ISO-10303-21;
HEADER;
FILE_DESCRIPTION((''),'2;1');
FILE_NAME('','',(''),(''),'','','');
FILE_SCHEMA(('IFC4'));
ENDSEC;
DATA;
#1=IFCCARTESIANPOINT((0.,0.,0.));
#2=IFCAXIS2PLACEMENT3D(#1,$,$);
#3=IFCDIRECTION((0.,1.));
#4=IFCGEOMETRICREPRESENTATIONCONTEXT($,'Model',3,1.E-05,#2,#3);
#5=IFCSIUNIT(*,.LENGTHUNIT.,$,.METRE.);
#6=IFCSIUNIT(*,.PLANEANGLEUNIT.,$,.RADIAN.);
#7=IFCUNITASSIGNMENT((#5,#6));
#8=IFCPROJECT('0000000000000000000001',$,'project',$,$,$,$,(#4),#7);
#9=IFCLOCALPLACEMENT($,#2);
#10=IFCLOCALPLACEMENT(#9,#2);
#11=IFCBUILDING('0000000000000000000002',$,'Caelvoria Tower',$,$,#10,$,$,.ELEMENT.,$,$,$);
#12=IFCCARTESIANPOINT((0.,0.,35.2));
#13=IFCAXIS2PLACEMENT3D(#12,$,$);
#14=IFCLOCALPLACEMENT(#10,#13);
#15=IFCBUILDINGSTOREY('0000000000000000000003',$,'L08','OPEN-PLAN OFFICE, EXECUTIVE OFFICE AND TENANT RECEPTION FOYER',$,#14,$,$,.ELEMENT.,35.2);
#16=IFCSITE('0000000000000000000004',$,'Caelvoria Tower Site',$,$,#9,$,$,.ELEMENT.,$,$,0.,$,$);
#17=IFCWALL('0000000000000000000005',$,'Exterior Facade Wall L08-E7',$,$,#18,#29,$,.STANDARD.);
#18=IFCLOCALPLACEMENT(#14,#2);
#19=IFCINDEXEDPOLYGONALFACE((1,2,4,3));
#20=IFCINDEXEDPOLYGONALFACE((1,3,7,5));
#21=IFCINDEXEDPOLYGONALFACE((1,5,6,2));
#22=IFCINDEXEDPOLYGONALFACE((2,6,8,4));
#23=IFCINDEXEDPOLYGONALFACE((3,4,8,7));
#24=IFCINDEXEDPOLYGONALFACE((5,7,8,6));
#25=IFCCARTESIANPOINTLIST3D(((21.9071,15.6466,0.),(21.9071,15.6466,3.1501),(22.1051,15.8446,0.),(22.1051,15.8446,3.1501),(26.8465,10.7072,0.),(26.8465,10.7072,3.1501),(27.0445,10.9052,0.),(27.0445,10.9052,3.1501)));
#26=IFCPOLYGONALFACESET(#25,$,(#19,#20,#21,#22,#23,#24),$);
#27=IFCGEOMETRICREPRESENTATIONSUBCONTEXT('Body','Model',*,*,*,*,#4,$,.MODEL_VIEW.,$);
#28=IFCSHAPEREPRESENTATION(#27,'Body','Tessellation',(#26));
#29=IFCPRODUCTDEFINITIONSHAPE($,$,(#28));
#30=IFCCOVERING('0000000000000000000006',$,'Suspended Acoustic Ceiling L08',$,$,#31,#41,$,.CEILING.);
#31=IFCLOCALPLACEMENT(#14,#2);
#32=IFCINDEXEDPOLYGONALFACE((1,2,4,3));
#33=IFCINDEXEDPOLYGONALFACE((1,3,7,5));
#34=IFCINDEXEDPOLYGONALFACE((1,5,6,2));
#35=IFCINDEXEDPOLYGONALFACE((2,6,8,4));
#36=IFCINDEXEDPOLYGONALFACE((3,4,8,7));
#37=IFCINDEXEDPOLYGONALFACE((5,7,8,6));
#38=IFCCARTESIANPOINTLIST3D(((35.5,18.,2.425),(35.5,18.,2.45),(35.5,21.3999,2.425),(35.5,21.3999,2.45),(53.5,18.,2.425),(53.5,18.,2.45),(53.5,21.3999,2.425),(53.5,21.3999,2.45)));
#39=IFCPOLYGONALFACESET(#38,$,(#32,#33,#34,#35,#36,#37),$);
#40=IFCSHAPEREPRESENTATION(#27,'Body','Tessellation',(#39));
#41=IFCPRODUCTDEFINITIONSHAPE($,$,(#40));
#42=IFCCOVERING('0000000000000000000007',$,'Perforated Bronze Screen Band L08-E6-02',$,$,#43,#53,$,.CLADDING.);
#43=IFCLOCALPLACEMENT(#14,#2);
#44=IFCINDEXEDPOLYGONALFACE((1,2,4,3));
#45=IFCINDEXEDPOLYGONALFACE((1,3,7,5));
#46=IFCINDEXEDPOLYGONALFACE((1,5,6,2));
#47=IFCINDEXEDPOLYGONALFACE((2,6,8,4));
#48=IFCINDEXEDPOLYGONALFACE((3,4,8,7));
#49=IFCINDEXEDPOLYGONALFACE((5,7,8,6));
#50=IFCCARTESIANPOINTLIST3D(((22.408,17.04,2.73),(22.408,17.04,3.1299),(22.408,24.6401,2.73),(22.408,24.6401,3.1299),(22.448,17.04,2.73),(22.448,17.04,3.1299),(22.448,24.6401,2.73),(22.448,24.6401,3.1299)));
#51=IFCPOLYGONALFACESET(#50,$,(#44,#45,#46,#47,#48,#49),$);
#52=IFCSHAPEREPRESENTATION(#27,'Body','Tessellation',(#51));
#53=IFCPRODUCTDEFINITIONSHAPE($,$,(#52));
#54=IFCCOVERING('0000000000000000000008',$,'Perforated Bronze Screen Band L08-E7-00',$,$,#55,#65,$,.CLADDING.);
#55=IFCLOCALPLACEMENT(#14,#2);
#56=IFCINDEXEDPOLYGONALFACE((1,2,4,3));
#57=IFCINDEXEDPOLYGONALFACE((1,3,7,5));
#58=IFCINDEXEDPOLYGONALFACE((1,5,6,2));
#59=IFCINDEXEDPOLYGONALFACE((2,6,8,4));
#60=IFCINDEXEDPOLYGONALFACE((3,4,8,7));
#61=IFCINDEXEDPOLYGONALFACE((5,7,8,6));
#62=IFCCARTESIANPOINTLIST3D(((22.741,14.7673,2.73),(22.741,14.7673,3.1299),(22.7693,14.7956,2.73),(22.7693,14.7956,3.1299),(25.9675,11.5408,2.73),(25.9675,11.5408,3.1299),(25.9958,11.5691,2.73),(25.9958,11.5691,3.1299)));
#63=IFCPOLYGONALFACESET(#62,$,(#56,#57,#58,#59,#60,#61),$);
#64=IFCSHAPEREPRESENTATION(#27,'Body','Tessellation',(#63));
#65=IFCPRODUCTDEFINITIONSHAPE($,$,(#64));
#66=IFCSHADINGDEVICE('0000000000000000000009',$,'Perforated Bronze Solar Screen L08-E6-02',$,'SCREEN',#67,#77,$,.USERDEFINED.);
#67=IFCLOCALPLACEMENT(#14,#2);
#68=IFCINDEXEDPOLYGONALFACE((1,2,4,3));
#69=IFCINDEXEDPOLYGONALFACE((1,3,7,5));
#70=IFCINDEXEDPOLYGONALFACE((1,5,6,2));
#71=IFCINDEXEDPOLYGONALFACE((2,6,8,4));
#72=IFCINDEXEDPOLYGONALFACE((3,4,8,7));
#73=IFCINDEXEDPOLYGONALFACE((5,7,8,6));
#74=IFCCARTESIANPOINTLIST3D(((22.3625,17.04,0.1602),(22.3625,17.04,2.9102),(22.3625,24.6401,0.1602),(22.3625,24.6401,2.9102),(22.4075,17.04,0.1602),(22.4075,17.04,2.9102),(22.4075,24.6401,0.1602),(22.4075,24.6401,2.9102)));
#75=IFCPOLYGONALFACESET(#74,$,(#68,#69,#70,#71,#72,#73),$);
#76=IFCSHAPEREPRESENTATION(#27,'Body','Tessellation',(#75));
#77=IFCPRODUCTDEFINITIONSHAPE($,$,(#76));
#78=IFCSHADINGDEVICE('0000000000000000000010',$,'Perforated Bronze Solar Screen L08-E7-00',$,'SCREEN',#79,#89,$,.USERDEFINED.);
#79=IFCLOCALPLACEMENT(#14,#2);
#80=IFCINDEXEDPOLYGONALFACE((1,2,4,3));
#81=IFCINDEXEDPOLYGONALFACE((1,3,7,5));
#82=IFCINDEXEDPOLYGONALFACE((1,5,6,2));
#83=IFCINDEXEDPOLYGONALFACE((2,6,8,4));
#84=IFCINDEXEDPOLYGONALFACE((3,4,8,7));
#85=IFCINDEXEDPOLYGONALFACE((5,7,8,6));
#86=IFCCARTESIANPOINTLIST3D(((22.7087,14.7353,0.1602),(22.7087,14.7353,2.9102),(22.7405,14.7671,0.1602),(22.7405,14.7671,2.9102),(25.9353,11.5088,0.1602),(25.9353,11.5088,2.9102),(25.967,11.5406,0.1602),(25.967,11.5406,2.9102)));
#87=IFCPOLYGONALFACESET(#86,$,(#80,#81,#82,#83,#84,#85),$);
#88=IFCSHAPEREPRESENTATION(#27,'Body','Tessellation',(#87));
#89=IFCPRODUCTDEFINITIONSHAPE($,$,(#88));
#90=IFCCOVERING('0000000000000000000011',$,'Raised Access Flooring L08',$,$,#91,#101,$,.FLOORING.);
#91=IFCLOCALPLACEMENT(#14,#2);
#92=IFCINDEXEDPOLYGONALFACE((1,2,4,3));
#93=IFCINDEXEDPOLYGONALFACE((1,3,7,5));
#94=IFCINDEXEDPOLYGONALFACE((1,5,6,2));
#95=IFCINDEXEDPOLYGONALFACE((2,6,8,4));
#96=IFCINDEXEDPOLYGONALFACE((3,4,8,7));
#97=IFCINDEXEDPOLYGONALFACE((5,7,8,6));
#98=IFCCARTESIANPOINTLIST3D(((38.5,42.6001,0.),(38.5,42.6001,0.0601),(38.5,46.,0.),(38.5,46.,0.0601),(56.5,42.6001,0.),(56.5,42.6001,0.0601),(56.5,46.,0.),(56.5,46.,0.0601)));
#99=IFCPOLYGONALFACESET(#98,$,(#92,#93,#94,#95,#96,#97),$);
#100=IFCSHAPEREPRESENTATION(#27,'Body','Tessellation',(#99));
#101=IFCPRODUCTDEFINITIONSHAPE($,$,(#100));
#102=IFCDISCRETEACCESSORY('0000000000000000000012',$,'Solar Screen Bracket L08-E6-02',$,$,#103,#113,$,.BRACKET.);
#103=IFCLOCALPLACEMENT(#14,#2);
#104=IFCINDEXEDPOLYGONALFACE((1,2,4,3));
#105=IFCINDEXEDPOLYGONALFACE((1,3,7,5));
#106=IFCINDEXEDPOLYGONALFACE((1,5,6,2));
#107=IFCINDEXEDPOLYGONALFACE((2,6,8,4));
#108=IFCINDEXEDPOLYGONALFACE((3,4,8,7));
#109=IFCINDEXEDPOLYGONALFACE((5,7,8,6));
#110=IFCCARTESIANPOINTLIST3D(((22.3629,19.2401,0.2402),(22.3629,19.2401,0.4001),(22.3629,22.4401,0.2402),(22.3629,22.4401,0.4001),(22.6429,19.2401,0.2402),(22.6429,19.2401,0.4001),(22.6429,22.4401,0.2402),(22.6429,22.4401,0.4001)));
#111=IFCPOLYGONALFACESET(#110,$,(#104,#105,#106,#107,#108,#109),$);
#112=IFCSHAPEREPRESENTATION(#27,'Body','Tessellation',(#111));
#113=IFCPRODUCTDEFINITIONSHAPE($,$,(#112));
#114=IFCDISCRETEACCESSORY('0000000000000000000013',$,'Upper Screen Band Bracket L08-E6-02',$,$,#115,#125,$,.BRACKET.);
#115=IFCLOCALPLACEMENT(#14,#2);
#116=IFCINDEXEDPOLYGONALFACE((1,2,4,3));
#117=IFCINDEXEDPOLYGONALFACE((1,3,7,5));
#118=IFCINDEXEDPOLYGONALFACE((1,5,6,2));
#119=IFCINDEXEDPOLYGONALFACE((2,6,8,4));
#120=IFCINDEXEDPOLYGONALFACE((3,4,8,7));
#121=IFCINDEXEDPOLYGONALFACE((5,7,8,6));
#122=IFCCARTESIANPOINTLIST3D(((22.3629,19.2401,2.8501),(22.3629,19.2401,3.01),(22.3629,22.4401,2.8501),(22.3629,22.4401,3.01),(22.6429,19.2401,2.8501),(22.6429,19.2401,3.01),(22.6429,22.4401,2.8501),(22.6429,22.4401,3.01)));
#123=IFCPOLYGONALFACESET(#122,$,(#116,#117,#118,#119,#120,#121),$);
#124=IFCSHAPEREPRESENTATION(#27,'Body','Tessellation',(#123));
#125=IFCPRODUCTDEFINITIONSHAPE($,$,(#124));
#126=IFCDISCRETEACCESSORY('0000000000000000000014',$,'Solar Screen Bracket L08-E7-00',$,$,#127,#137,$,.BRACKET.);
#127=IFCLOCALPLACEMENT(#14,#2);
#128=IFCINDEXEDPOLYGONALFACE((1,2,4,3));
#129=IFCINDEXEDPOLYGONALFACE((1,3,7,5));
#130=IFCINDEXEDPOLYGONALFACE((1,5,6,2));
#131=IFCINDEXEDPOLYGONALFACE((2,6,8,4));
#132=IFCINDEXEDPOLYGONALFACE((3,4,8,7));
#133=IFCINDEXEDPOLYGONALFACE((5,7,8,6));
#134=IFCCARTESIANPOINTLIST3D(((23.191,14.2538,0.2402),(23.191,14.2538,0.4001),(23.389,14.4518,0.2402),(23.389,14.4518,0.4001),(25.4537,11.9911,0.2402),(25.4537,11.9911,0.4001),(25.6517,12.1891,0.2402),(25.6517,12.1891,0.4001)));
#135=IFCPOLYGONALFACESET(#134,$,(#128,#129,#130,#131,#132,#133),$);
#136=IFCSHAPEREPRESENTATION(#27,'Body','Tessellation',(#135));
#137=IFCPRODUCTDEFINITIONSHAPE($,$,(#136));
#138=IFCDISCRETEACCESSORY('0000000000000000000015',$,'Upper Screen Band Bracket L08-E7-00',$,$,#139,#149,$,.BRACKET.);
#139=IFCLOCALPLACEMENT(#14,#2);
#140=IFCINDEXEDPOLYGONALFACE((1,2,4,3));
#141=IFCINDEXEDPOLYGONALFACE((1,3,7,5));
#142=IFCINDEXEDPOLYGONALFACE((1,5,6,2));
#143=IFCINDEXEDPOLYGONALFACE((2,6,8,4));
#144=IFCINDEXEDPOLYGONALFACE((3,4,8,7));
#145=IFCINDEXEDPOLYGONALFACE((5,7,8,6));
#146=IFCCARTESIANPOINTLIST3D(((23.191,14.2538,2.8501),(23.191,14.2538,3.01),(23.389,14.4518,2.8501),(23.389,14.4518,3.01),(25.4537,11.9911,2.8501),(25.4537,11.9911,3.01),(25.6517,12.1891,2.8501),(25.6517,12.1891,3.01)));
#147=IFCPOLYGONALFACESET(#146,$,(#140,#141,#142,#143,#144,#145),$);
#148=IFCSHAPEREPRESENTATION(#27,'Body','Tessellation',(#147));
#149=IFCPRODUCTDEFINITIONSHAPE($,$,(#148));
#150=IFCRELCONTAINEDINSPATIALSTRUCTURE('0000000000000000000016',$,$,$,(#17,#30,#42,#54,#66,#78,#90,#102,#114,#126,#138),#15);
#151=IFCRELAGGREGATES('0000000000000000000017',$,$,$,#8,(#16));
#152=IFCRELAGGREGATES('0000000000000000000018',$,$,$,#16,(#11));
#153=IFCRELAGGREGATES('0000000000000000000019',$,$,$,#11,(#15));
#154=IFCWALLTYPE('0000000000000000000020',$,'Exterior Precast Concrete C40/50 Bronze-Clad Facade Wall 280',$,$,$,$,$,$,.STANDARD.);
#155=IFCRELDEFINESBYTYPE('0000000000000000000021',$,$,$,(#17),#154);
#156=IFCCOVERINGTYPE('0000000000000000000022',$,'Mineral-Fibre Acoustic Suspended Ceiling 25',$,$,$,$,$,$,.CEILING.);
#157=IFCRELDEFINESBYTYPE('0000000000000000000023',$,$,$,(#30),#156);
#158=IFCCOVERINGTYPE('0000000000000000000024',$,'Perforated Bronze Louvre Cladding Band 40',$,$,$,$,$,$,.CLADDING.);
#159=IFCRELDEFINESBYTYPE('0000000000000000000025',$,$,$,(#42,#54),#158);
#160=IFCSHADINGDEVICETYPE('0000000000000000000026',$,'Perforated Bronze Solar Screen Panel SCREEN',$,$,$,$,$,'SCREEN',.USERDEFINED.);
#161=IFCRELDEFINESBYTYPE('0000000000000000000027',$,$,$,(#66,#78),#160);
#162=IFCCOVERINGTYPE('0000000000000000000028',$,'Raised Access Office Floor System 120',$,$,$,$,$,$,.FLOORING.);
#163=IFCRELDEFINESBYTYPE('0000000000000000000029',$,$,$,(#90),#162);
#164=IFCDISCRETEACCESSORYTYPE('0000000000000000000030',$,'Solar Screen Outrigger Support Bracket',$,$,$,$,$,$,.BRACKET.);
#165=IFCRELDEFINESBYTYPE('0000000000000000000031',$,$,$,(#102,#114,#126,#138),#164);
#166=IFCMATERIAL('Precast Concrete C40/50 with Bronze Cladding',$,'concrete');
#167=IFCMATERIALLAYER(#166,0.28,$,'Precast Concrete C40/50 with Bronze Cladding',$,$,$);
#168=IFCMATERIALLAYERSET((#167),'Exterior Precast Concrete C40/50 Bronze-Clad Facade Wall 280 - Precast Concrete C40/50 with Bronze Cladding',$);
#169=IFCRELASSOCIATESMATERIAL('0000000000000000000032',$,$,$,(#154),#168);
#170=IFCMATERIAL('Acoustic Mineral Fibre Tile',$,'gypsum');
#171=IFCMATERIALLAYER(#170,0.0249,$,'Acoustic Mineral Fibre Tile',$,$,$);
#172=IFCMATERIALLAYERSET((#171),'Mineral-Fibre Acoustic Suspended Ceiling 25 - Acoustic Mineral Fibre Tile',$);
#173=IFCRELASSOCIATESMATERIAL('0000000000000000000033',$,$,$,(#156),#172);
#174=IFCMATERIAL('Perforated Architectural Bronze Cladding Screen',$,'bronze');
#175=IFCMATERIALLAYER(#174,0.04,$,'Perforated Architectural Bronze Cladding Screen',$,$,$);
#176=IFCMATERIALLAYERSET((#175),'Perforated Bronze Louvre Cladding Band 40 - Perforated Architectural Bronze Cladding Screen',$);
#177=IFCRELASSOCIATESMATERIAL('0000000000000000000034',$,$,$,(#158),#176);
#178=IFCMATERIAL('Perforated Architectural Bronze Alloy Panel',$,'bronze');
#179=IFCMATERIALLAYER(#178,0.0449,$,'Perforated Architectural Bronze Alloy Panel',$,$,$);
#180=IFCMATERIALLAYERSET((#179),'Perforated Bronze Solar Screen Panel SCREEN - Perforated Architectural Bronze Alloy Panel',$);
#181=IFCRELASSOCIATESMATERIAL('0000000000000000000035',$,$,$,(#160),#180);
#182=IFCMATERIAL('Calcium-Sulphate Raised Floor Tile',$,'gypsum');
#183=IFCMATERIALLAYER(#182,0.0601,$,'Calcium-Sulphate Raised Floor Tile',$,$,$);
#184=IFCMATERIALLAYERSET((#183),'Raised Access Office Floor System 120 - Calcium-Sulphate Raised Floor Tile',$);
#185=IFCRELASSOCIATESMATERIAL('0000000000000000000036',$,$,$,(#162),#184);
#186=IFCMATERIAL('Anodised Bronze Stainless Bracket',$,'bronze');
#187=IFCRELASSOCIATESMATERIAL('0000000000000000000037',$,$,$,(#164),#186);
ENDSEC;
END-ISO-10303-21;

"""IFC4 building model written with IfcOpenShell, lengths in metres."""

from ifc_helpers import new_model, si_unit, direction, frame, frame_2d, origin, origin_2d, place, context, subcontext, project, spatial, polyline, rectangle, outline, extrude, material, layer, layer_set, type_object, element, save


model = new_model("IFC4")

# Units and contexts
model_context = context("Model", 3, precision=1e-05, world=origin(), true_north=direction((0.0, 1.0)))
body_context = subcontext(model_context, "Body", "Model", "MODEL_VIEW")
ifc_project = project(units=[si_unit("LENGTHUNIT", "METRE"), si_unit("PLANEANGLEUNIT", "RADIAN")], contexts=[model_context])

# Site, building, storey
site_placement = place(None, origin())
site = spatial("IfcSite", under=ifc_project, at=site_placement, Name="Caelvoria Tower Site", CompositionType="ELEMENT", RefElevation=0.0)
building_placement = place(site_placement, origin())
building = spatial("IfcBuilding", under=site, at=building_placement, Name="Caelvoria Tower", CompositionType="ELEMENT")
storey_placement = place(building_placement, frame((0.0, 0.0, 35.2)))
storey = spatial("IfcBuildingStorey", under=building, at=storey_placement, Name="L08", Description="OPEN-PLAN OFFICE, EXECUTIVE OFFICE AND TENANT RECEPTION FOYER", CompositionType="ELEMENT", Elevation=35.2)

# Shared definitions
ifc_material_1 = material(Name="Precast Concrete C40/50 with Bronze Cladding", Category="concrete")
ifc_layer_1 = layer(ifc_material_1, 0.28, Name="Precast Concrete C40/50 with Bronze Cladding")
ifc_layer_set_1 = layer_set([ifc_layer_1], Name="Exterior Precast Concrete C40/50 Bronze-Clad Facade Wall 280 - Precast Concrete C40/50 with Bronze Cladding")
wall_type = type_object("IfcWallType", Name="Exterior Precast Concrete C40/50 Bronze-Clad Facade Wall 280", PredefinedType="STANDARD", material=ifc_layer_set_1)

# Wall
wall_1_placement = place(storey_placement, frame((22.0061, 15.7456, 0.0), z_axis=(0.0, 0.0, 1.0), x_axis=(0.707107, -0.707107, 0.0)))
element("IfcWall", 1, at=wall_1_placement, inside=storey, type_object=wall_type, Name="Exterior Facade Wall L08-E7", PredefinedType="STANDARD", context=body_context, shape_type="SweptSolid", body=[
    extrude(rectangle(XDim=6.9854, YDim=0.28, at=frame_2d((3.4927, 0.0))), origin(), (0.0, 0.0, 1.0), 3.1501),
])

# Coverings
ifc_material_2 = material(Name="Acoustic Mineral Fibre Tile", Category="gypsum")
ifc_layer_2 = layer(ifc_material_2, 0.0249, Name="Acoustic Mineral Fibre Tile")
ifc_layer_set_2 = layer_set([ifc_layer_2], Name="Mineral-Fibre Acoustic Suspended Ceiling 25 - Acoustic Mineral Fibre Tile")
covering_type_1 = type_object("IfcCoveringType", Name="Mineral-Fibre Acoustic Suspended Ceiling 25", PredefinedType="CEILING", material=ifc_layer_set_2)
covering_1_placement = place(storey_placement, frame((0.0, 0.0, 2.425)))
element("IfcCovering", 2, at=covering_1_placement, inside=storey, type_object=covering_type_1, Name="Suspended Acoustic Ceiling L08", PredefinedType="CEILING", context=body_context, shape_type="SweptSolid", body=[
    extrude(outline(polyline([(35.5, 18.0), (53.5, 18.0), (53.5, 21.3999), (35.5, 21.3999), (35.5, 18.0)])), origin(), (0.0, 0.0, 1.0), 0.0249),
])
ifc_material_3 = material(Name="Perforated Architectural Bronze Cladding Screen", Category="bronze")
ifc_layer_3 = layer(ifc_material_3, 0.04, Name="Perforated Architectural Bronze Cladding Screen")
ifc_layer_set_3 = layer_set([ifc_layer_3], Name="Perforated Bronze Louvre Cladding Band 40 - Perforated Architectural Bronze Cladding Screen")
covering_type_2 = type_object("IfcCoveringType", Name="Perforated Bronze Louvre Cladding Band 40", PredefinedType="CLADDING", material=ifc_layer_set_3)
covering_2_placement = place(storey_placement, frame((22.428, 20.8401, 2.73), z_axis=(0.0, 0.0, 1.0), x_axis=(0.0, -1.0, 0.0)))
element("IfcCovering", 3, at=covering_2_placement, inside=storey, type_object=covering_type_2, Name="Perforated Bronze Screen Band L08-E6-02", PredefinedType="CLADDING", context=body_context, shape_type="SweptSolid", body=[
    extrude(rectangle(XDim=7.6001, YDim=0.04, at=origin_2d()), origin(), (0.0, 0.0, 1.0), 0.3999),
])
covering_3_placement = place(storey_placement, frame((24.3684, 13.1682, 2.73), z_axis=(0.0, 0.0, 1.0), x_axis=(0.707107, -0.707107, 0.0)))
element("IfcCovering", 4, at=covering_3_placement, inside=storey, type_object=covering_type_2, Name="Perforated Bronze Screen Band L08-E7-00", PredefinedType="CLADDING", context=body_context, shape_type="SweptSolid", body=[
    extrude(rectangle(XDim=4.563, YDim=0.04, at=origin_2d()), origin(), (0.0, 0.0, 1.0), 0.3999),
])

# Shading devices
ifc_material_4 = material(Name="Perforated Architectural Bronze Alloy Panel", Category="bronze")
ifc_layer_4 = layer(ifc_material_4, 0.0449, Name="Perforated Architectural Bronze Alloy Panel")
ifc_layer_set_4 = layer_set([ifc_layer_4], Name="Perforated Bronze Solar Screen Panel SCREEN - Perforated Architectural Bronze Alloy Panel")
shading_device_type = type_object("IfcShadingDeviceType", Name="Perforated Bronze Solar Screen Panel SCREEN", ElementType="SCREEN", PredefinedType="USERDEFINED", material=ifc_layer_set_4)
shading_device_1_placement = place(storey_placement, frame((22.385, 20.8401, 0.1602), z_axis=(0.0, 0.0, 1.0), x_axis=(0.0, -1.0, 0.0)))
element("IfcShadingDevice", 5, at=shading_device_1_placement, inside=storey, type_object=shading_device_type, Name="Perforated Bronze Solar Screen L08-E6-02", ObjectType="SCREEN", PredefinedType="USERDEFINED", context=body_context, shape_type="SweptSolid", body=[
    extrude(rectangle(XDim=7.6001, YDim=0.0449, at=origin_2d()), origin(), (0.0, 0.0, 1.0), 2.75),
])
shading_device_2_placement = place(storey_placement, frame((24.3379, 13.1379, 0.1602), z_axis=(0.0, 0.0, 1.0), x_axis=(0.707107, -0.707107, 0.0)))
element("IfcShadingDevice", 6, at=shading_device_2_placement, inside=storey, type_object=shading_device_type, Name="Perforated Bronze Solar Screen L08-E7-00", ObjectType="SCREEN", PredefinedType="USERDEFINED", context=body_context, shape_type="SweptSolid", body=[
    extrude(rectangle(XDim=4.563, YDim=0.0449, at=origin_2d()), origin(), (0.0, 0.0, 1.0), 2.75),
])

# Covering
ifc_material_5 = material(Name="Calcium-Sulphate Raised Floor Tile", Category="gypsum")
ifc_layer_5 = layer(ifc_material_5, 0.0601, Name="Calcium-Sulphate Raised Floor Tile")
ifc_layer_set_5 = layer_set([ifc_layer_5], Name="Raised Access Office Floor System 120 - Calcium-Sulphate Raised Floor Tile")
covering_type_3 = type_object("IfcCoveringType", Name="Raised Access Office Floor System 120", PredefinedType="FLOORING", material=ifc_layer_set_5)
covering_4_placement = place(storey_placement, origin())
element("IfcCovering", 7, at=covering_4_placement, inside=storey, type_object=covering_type_3, Name="Raised Access Flooring L08", PredefinedType="FLOORING", context=body_context, shape_type="SweptSolid", body=[
    extrude(outline(polyline([(38.5, 42.6001), (56.5, 42.6001), (56.5, 46.0), (38.5, 46.0), (38.5, 42.6001)])), origin(), (0.0, 0.0, 1.0), 0.0601),
])

# Discrete accessories
ifc_material_6 = material(Name="Anodised Bronze Stainless Bracket", Category="bronze")
discrete_accessory_type = type_object("IfcDiscreteAccessoryType", Name="Solar Screen Outrigger Support Bracket", PredefinedType="BRACKET", material=ifc_material_6)
for number, where, z_axis, x_axis, name in (
    (8, (22.5029, 20.8401, 0.2402), (0.0, 0.0, 1.0), (0.0, -1.0, 0.0), "Solar Screen Bracket L08-E6-02"),
    (9, (22.5029, 20.8401, 2.8501), (0.0, 0.0, 1.0), (0.0, -1.0, 0.0), "Upper Screen Band Bracket L08-E6-02"),
    (10, (24.4214, 13.2214, 0.2402), (0.0, 0.0, 1.0), (0.707107, -0.707107, 0.0), "Solar Screen Bracket L08-E7-00"),
    (11, (24.4214, 13.2214, 2.8501), (0.0, 0.0, 1.0), (0.707107, -0.707107, 0.0), "Upper Screen Band Bracket L08-E7-00"),
):
    element("IfcDiscreteAccessory", number, at=place(storey_placement, frame(where, z_axis=z_axis, x_axis=x_axis)), inside=storey, type_object=discrete_accessory_type, Name=name, PredefinedType="BRACKET", context=body_context, shape_type="SweptSolid", body=[
        extrude(rectangle(XDim=3.2, YDim=0.28, at=origin_2d()), origin(), (0.0, 0.0, 1.0), 0.1599),
    ])

save(model, "model.ifc")
